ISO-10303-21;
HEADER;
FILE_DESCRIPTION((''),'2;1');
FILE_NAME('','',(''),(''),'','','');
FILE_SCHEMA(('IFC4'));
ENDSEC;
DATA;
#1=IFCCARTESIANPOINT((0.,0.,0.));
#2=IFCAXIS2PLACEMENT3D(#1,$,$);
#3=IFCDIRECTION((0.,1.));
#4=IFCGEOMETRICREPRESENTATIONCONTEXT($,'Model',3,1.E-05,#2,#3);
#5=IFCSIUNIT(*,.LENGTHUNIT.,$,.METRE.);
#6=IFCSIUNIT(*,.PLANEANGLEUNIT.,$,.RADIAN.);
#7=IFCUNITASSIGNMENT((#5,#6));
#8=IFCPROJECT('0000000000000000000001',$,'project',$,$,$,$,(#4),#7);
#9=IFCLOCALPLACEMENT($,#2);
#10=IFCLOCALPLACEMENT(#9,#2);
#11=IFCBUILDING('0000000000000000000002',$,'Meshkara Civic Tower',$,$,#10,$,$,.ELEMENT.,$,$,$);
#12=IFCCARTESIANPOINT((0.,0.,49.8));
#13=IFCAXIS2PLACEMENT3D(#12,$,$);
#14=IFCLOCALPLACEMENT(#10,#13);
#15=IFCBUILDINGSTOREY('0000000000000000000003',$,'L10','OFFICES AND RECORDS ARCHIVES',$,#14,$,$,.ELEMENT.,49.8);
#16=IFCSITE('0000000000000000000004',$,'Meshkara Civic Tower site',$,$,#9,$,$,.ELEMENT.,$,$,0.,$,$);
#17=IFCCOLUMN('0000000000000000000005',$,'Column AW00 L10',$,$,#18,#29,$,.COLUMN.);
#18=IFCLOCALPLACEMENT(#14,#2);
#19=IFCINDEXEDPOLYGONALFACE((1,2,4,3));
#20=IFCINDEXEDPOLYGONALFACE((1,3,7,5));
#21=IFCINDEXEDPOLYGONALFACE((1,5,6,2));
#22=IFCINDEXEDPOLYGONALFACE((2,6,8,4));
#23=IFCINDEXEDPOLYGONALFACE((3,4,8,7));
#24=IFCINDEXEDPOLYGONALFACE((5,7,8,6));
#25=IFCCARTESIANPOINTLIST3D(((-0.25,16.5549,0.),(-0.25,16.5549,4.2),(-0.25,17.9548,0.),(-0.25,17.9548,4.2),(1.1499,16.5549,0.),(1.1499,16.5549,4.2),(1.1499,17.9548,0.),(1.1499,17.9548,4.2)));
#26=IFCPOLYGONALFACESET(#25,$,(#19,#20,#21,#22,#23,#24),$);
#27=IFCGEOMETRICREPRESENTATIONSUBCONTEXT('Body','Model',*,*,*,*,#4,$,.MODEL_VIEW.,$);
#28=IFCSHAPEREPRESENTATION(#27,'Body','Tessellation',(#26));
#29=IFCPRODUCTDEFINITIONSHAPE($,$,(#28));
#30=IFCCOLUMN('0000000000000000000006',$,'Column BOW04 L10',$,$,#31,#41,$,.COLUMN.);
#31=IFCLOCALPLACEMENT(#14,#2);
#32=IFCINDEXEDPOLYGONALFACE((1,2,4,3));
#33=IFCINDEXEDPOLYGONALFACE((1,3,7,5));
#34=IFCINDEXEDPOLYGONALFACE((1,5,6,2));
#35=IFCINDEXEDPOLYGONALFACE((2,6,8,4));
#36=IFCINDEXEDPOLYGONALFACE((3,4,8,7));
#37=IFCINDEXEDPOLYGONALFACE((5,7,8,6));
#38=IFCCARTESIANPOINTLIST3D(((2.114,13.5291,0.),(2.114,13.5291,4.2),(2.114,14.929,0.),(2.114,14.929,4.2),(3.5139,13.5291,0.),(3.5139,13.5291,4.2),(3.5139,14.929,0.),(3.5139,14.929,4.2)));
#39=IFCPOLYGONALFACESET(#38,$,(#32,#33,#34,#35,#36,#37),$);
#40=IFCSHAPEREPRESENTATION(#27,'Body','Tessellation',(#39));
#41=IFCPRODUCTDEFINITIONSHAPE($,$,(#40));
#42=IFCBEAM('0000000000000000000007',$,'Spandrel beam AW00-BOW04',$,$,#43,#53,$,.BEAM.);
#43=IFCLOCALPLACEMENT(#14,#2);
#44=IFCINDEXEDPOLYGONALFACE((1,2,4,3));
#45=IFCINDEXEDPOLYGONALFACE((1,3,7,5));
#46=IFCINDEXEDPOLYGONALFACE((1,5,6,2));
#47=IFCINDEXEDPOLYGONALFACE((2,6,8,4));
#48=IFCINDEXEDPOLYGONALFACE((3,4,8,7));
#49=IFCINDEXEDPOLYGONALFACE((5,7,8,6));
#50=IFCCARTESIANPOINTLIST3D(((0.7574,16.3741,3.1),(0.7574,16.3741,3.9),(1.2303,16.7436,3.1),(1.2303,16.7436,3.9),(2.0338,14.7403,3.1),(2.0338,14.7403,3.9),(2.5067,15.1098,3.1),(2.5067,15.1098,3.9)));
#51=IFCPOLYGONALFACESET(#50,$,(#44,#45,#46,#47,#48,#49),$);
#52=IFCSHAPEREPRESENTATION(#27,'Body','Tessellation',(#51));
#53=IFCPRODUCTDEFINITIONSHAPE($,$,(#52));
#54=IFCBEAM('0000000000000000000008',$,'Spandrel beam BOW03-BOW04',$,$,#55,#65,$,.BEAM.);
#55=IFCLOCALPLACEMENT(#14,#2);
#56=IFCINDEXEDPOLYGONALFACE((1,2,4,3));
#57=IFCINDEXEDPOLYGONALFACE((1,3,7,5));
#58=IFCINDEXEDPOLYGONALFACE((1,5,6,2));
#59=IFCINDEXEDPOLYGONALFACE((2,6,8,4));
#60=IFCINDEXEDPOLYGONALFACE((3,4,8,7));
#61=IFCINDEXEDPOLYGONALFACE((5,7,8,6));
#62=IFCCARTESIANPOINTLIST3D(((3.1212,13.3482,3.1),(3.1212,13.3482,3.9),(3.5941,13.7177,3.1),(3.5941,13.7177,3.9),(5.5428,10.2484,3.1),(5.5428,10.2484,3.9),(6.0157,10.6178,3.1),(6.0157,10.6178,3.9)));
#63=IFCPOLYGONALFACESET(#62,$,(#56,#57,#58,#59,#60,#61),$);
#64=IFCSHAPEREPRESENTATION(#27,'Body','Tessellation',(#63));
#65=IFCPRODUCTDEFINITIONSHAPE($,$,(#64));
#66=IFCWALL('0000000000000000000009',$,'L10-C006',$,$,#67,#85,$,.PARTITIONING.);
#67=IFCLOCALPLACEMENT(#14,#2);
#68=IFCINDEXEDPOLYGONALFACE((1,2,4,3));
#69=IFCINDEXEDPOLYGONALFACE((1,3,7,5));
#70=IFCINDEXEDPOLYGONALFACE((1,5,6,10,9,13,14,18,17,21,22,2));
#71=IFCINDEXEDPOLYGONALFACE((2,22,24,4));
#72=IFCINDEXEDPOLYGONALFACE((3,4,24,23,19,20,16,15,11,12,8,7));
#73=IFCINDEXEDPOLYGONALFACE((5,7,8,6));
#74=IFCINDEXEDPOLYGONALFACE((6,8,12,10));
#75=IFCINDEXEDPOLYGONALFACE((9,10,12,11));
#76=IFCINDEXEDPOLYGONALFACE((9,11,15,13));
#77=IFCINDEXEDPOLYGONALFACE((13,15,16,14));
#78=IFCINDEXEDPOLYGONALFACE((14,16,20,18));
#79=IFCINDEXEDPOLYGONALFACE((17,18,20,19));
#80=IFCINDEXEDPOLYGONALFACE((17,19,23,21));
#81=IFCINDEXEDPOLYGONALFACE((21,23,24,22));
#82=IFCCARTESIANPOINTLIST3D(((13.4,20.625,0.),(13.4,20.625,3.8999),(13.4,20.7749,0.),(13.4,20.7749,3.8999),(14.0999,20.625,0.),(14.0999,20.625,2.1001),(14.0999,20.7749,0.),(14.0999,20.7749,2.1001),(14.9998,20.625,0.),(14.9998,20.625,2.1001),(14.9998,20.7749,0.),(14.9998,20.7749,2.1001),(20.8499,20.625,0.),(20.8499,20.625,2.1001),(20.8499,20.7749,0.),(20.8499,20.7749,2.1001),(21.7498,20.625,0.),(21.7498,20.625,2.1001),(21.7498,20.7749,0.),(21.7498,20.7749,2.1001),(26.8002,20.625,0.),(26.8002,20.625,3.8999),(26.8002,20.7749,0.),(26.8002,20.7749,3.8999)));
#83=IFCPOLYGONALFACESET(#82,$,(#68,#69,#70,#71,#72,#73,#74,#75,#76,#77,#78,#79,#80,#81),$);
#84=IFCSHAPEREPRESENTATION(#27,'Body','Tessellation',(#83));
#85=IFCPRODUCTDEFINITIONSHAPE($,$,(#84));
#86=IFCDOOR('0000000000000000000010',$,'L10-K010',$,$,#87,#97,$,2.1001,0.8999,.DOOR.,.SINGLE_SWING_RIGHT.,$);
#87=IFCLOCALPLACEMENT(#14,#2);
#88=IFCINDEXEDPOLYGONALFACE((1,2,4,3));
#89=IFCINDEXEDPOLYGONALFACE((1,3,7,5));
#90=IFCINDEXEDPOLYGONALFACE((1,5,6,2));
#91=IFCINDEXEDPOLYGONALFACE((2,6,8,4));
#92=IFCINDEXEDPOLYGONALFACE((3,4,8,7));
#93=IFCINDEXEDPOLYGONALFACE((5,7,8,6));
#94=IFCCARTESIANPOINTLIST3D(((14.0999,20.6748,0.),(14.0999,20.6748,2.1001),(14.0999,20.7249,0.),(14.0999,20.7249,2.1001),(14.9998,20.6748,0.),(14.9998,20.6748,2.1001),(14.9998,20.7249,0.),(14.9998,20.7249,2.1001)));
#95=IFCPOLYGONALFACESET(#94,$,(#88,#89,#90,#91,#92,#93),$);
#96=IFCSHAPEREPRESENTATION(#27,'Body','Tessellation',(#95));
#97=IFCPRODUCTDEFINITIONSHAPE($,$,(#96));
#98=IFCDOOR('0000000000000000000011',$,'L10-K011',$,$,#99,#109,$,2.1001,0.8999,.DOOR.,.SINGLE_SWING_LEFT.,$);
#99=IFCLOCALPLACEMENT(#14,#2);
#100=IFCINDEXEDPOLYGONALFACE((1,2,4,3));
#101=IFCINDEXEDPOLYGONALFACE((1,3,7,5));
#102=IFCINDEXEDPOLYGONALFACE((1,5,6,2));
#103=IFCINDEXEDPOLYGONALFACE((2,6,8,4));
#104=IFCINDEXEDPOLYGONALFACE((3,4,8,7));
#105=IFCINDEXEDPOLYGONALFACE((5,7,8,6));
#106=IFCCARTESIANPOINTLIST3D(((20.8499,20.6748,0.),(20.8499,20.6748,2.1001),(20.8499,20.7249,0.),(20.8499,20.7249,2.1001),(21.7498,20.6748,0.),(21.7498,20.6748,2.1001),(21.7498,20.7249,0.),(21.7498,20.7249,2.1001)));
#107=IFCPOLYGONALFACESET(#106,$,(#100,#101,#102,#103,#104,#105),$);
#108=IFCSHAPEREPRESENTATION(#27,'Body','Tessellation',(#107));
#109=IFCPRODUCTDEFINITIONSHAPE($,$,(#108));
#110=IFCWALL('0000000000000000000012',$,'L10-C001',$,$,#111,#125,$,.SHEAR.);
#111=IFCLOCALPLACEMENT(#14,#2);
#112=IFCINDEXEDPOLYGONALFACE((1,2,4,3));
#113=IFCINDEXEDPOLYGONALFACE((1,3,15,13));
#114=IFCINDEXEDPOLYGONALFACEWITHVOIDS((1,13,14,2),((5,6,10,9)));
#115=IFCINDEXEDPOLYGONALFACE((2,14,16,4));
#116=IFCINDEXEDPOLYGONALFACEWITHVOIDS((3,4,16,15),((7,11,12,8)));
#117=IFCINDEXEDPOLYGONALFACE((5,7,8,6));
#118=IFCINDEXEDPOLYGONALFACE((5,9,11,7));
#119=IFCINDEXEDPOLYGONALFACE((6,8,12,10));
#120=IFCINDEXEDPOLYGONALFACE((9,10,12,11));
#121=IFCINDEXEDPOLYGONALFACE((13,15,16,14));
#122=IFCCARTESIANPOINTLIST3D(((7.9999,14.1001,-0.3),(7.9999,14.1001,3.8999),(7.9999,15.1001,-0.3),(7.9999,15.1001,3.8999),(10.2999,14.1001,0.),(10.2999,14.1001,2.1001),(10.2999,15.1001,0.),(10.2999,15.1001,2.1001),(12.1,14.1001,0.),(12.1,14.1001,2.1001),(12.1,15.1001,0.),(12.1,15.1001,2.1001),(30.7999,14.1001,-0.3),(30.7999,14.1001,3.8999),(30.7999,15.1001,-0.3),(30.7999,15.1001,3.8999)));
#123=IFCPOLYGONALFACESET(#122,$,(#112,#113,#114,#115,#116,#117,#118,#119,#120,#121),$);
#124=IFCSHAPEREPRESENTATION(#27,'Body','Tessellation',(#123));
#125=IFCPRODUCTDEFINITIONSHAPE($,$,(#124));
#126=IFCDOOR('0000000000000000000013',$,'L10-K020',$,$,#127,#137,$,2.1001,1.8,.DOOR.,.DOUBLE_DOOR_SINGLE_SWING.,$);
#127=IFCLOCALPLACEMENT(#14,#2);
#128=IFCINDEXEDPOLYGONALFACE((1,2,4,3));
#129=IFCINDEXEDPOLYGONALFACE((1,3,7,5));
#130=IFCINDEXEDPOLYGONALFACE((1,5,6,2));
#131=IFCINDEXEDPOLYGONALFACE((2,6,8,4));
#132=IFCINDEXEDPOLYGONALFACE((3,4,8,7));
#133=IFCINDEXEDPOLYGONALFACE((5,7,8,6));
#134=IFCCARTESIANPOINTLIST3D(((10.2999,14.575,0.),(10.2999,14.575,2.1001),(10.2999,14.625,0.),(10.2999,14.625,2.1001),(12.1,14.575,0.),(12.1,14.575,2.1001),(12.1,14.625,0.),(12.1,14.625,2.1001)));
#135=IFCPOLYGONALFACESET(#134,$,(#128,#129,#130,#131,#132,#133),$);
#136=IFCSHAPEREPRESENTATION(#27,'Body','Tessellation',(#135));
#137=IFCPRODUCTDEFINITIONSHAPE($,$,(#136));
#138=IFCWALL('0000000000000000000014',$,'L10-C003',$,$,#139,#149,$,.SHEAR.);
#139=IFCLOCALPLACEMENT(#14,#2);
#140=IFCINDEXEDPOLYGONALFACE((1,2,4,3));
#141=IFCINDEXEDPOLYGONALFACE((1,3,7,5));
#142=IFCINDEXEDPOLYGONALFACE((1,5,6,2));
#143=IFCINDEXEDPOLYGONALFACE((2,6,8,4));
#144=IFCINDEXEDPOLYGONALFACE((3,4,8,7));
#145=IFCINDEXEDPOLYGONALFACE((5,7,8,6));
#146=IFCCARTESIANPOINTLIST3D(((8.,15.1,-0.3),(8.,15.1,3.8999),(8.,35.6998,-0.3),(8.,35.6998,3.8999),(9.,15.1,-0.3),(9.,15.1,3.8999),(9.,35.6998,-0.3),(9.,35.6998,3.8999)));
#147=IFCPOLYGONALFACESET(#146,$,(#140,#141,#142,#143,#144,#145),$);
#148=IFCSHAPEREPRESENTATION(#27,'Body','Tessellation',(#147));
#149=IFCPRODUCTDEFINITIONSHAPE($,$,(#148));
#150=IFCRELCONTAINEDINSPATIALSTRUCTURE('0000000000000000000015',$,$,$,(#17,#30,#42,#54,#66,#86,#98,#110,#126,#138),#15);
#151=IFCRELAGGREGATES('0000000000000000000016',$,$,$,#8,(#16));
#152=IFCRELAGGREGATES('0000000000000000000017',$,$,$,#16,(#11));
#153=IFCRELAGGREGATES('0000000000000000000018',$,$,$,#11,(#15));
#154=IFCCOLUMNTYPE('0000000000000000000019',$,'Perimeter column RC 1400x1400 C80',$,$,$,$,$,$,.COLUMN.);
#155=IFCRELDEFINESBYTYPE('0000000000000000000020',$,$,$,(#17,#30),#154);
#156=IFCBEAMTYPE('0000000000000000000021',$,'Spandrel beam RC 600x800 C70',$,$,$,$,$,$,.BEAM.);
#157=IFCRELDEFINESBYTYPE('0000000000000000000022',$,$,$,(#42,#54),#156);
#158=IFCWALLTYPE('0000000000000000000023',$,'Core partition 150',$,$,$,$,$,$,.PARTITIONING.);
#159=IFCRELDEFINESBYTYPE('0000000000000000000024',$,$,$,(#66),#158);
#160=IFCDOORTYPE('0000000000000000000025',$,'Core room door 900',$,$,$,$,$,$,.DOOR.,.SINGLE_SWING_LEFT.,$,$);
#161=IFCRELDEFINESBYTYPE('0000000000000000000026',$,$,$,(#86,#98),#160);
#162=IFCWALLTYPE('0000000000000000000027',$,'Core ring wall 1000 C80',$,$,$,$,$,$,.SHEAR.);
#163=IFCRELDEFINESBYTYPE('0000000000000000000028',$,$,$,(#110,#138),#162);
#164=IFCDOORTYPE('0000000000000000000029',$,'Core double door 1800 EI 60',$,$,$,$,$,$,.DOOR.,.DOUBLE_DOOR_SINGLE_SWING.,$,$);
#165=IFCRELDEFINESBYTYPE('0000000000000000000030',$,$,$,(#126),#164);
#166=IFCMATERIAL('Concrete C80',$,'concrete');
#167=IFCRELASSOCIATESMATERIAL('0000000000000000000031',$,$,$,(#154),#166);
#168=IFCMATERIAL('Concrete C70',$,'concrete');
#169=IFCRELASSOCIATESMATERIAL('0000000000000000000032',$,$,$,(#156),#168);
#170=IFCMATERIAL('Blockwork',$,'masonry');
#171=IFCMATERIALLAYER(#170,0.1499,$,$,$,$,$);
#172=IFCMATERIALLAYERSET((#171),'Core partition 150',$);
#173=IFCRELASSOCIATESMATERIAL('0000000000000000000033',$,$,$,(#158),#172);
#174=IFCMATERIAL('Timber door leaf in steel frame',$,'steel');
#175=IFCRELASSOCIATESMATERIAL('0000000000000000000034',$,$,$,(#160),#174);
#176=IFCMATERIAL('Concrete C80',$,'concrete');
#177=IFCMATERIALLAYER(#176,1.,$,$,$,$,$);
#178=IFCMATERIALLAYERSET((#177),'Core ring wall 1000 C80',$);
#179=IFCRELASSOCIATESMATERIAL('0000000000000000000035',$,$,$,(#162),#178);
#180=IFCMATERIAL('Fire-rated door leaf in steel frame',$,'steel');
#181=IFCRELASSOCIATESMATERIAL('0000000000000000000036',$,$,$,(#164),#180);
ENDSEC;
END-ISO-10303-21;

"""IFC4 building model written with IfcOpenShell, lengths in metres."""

from ifc_helpers import new_model, si_unit, direction, frame, frame_2d, origin, origin_2d, place, context, subcontext, project, spatial, rectangle, extrude, material, layer, layer_set, material_profile, profile_set, type_object, element, fill, save


model = new_model("IFC4")

# Units and contexts
model_context = context("Model", 3, precision=1e-05, world=origin(), true_north=direction((0.0, 1.0)))
body_context = subcontext(model_context, "Body", "Model", "MODEL_VIEW")
ifc_project = project(units=[si_unit("LENGTHUNIT", "METRE"), si_unit("PLANEANGLEUNIT", "RADIAN")], contexts=[model_context])

# Site, building, storey
site_placement = place(None, origin())
site = spatial("IfcSite", under=ifc_project, at=site_placement, Name="Meshkara Civic Tower site", CompositionType="ELEMENT", RefElevation=0.0)
building_placement = place(site_placement, origin())
building = spatial("IfcBuilding", under=site, at=building_placement, Name="Meshkara Civic Tower", CompositionType="ELEMENT")
storey_placement = place(building_placement, frame((0.0, 0.0, 49.8)))
storey = spatial("IfcBuildingStorey", under=building, at=storey_placement, Name="L10", Description="OFFICES AND RECORDS ARCHIVES", CompositionType="ELEMENT", Elevation=49.8)

# Columns
ifc_material_1 = material(Name="Concrete C80", Category="concrete")
ifc_material_profile_1 = material_profile(ifc_material_1, rectangle(XDim=1.3999, YDim=1.3999, at=origin_2d()))
ifc_profile_set_1 = profile_set([ifc_material_profile_1], Name="Concrete C80")
column_type = type_object("IfcColumnType", Name="Perimeter column RC 1400x1400 C80", PredefinedType="COLUMN", material=ifc_profile_set_1)
for number, where, z_axis, x_axis, name in (
    (1, (0.45, 17.2549, 0.0), (0.0, 0.0, 1.0), (1.0, 0.0, 0.0), "Column AW00 L10"),
    (2, (2.814, 14.229, 0.0), (0.0, 0.0, 1.0), (1.0, 0.0, 0.0), "Column BOW04 L10"),
):
    element("IfcColumn", number, at=place(storey_placement, frame(where, z_axis=z_axis, x_axis=x_axis)), inside=storey, type_object=column_type, Name=name, PredefinedType="COLUMN", context=body_context, shape_type="SweptSolid", body=[
        extrude(rectangle(XDim=1.3999, YDim=1.3999, at=origin_2d()), origin(), (0.0, 0.0, 1.0), 4.2),
    ])

# Beams
ifc_material_2 = material(Name="Concrete C70", Category="concrete")
ifc_material_profile_2 = material_profile(ifc_material_2, rectangle(XDim=0.6001, YDim=0.8, at=origin_2d()))
ifc_profile_set_2 = profile_set([ifc_material_profile_2], Name="Concrete C70")
beam_type = type_object("IfcBeamType", Name="Spandrel beam RC 600x800 C70", PredefinedType="BEAM", material=ifc_profile_set_2)
beam_1_placement = place(storey_placement, frame((0.9939, 16.5588, 3.5), z_axis=(0.615635, -0.788032, 0.0), x_axis=(0.788032, 0.615635, 0.0)))
element("IfcBeam", 3, at=beam_1_placement, inside=storey, type_object=beam_type, Name="Spandrel beam AW00-BOW04", PredefinedType="BEAM", context=body_context, shape_type="SweptSolid", body=[
    extrude(rectangle(XDim=0.6001, YDim=0.8, at=origin_2d()), origin(), (0.0, 0.0, 1.0), 2.0732),
])
beam_2_placement = place(storey_placement, frame((3.3577, 13.533, 3.5), z_axis=(0.615624, -0.78804, 0.0), x_axis=(0.78804, 0.615624, 0.0)))
element("IfcBeam", 4, at=beam_2_placement, inside=storey, type_object=beam_type, Name="Spandrel beam BOW03-BOW04", PredefinedType="BEAM", context=body_context, shape_type="SweptSolid", body=[
    extrude(rectangle(XDim=0.6001, YDim=0.8, at=origin_2d()), origin(), (0.0, 0.0, 1.0), 3.9336),
])

# Wall, openings, doors
ifc_material_3 = material(Name="Blockwork", Category="masonry")
ifc_layer_1 = layer(ifc_material_3, 0.1499)
ifc_layer_set_1 = layer_set([ifc_layer_1], Name="Core partition 150")
wall_type_1 = type_object("IfcWallType", Name="Core partition 150", PredefinedType="PARTITIONING", material=ifc_layer_set_1)
wall_1_placement = place(storey_placement, frame((13.3999, 20.7, 0.0), z_axis=(0.0, 0.0, 1.0), x_axis=(1.0, 0.0, 0.0)))
wall_1 = element("IfcWall", 5, at=wall_1_placement, inside=storey, type_object=wall_type_1, Name="L10-C006", PredefinedType="PARTITIONING", context=body_context, shape_type="SweptSolid", body=[
    extrude(rectangle(XDim=13.4001, YDim=0.1499, at=frame_2d((6.7002, 0.0))), origin(), (0.0, 0.0, 1.0), 3.8999),
])
opening_1_placement = place(wall_1_placement, frame((0.7, 0.0, 0.0)))
opening_1 = element("IfcOpeningElement", 6, at=opening_1_placement, cuts=wall_1, PredefinedType="OPENING", context=body_context, shape_type="SweptSolid", body=[
    extrude(rectangle(XDim=0.8999, YDim=2.1001, at=frame_2d((0.45, 1.05))), frame((0.0, 0.085, 0.0), z_axis=(0.0, -1.0, 0.0), x_axis=(1.0, 0.0, 0.0)), (0.0, 0.0, 1.0), 0.1699),
])
opening_2_placement = place(wall_1_placement, frame((7.45, 0.0, 0.0)))
opening_2 = element("IfcOpeningElement", 7, at=opening_2_placement, cuts=wall_1, PredefinedType="OPENING", context=body_context, shape_type="SweptSolid", body=[
    extrude(rectangle(XDim=0.8999, YDim=2.1001, at=frame_2d((0.45, 1.05))), frame((0.0, 0.085, 0.0), z_axis=(0.0, -1.0, 0.0), x_axis=(1.0, 0.0, 0.0)), (0.0, 0.0, 1.0), 0.1699),
])
ifc_material_4 = material(Name="Timber door leaf in steel frame", Category="steel")
door_type_1 = type_object("IfcDoorType", Name="Core room door 900", OperationType="SINGLE_SWING_LEFT", PredefinedType="DOOR", material=ifc_material_4)
door_1_placement = place(opening_1_placement, origin())
door_1 = element("IfcDoor", 8, at=door_1_placement, inside=storey, type_object=door_type_1, Name="L10-K010", OperationType="SINGLE_SWING_RIGHT", OverallHeight=2.1001, OverallWidth=0.8999, PredefinedType="DOOR", context=body_context, shape_type="SweptSolid", body=[
    extrude(rectangle(XDim=0.8999, YDim=2.1001, at=frame_2d((0.45, 1.05))), frame((0.0, 0.0249, 0.0), z_axis=(0.0, -1.0, 0.0), x_axis=(1.0, 0.0, 0.0)), (0.0, 0.0, 1.0), 0.05),
])
fill(opening_1, door_1)
door_2_placement = place(opening_2_placement, origin())
door_2 = element("IfcDoor", 9, at=door_2_placement, inside=storey, type_object=door_type_1, Name="L10-K011", OperationType="SINGLE_SWING_LEFT", OverallHeight=2.1001, OverallWidth=0.8999, PredefinedType="DOOR", context=body_context, shape_type="SweptSolid", body=[
    extrude(rectangle(XDim=0.8999, YDim=2.1001, at=frame_2d((0.45, 1.05))), frame((0.0, 0.0249, 0.0), z_axis=(0.0, -1.0, 0.0), x_axis=(1.0, 0.0, 0.0)), (0.0, 0.0, 1.0), 0.05),
])
fill(opening_2, door_2)

# Wall, opening, door
ifc_material_5 = material(Name="Concrete C80", Category="concrete")
ifc_layer_2 = layer(ifc_material_5, 1.0)
ifc_layer_set_2 = layer_set([ifc_layer_2], Name="Core ring wall 1000 C80")
wall_type_2 = type_object("IfcWallType", Name="Core ring wall 1000 C80", PredefinedType="SHEAR", material=ifc_layer_set_2)
wall_2_placement = place(storey_placement, frame((8.0, 14.6001, -0.3), z_axis=(0.0, 0.0, 1.0), x_axis=(1.0, 0.0, 0.0)))
wall_2 = element("IfcWall", 10, at=wall_2_placement, inside=storey, type_object=wall_type_2, Name="L10-C001", PredefinedType="SHEAR", context=body_context, shape_type="SweptSolid", body=[
    extrude(rectangle(XDim=22.8, YDim=1.0, at=frame_2d((11.3999, 0.0))), origin(), (0.0, 0.0, 1.0), 4.2),
])
opening_3_placement = place(wall_2_placement, frame((2.3, 0.0, 0.3)))
opening_3 = element("IfcOpeningElement", 11, at=opening_3_placement, cuts=wall_2, PredefinedType="OPENING", context=body_context, shape_type="SweptSolid", body=[
    extrude(rectangle(XDim=1.8, YDim=2.1001, at=frame_2d((0.8999, 1.05))), frame((0.0, 0.51, 0.0), z_axis=(0.0, -1.0, 0.0), x_axis=(1.0, 0.0, 0.0)), (0.0, 0.0, 1.0), 1.02),
])
ifc_material_6 = material(Name="Fire-rated door leaf in steel frame", Category="steel")
door_type_2 = type_object("IfcDoorType", Name="Core double door 1800 EI 60", OperationType="DOUBLE_DOOR_SINGLE_SWING", PredefinedType="DOOR", material=ifc_material_6)
door_3_placement = place(opening_3_placement, origin())
door_3 = element("IfcDoor", 12, at=door_3_placement, inside=storey, type_object=door_type_2, Name="L10-K020", OperationType="DOUBLE_DOOR_SINGLE_SWING", OverallHeight=2.1001, OverallWidth=1.8, PredefinedType="DOOR", context=body_context, shape_type="SweptSolid", body=[
    extrude(rectangle(XDim=1.8, YDim=2.1001, at=frame_2d((0.8999, 1.05))), frame((0.0, 0.0249, 0.0), z_axis=(0.0, -1.0, 0.0), x_axis=(1.0, 0.0, 0.0)), (0.0, 0.0, 1.0), 0.05),
])
fill(opening_3, door_3)

# Wall
wall_3_placement = place(storey_placement, frame((8.5, 15.1001, -0.3), z_axis=(0.0, 0.0, 1.0), x_axis=(0.0, 1.0, 0.0)))
element("IfcWall", 13, at=wall_3_placement, inside=storey, type_object=wall_type_2, Name="L10-C003", PredefinedType="SHEAR", context=body_context, shape_type="SweptSolid", body=[
    extrude(rectangle(XDim=20.5999, YDim=1.0, at=frame_2d((10.2998, 0.0))), origin(), (0.0, 0.0, 1.0), 4.2),
])

save(model, "model.ifc")
